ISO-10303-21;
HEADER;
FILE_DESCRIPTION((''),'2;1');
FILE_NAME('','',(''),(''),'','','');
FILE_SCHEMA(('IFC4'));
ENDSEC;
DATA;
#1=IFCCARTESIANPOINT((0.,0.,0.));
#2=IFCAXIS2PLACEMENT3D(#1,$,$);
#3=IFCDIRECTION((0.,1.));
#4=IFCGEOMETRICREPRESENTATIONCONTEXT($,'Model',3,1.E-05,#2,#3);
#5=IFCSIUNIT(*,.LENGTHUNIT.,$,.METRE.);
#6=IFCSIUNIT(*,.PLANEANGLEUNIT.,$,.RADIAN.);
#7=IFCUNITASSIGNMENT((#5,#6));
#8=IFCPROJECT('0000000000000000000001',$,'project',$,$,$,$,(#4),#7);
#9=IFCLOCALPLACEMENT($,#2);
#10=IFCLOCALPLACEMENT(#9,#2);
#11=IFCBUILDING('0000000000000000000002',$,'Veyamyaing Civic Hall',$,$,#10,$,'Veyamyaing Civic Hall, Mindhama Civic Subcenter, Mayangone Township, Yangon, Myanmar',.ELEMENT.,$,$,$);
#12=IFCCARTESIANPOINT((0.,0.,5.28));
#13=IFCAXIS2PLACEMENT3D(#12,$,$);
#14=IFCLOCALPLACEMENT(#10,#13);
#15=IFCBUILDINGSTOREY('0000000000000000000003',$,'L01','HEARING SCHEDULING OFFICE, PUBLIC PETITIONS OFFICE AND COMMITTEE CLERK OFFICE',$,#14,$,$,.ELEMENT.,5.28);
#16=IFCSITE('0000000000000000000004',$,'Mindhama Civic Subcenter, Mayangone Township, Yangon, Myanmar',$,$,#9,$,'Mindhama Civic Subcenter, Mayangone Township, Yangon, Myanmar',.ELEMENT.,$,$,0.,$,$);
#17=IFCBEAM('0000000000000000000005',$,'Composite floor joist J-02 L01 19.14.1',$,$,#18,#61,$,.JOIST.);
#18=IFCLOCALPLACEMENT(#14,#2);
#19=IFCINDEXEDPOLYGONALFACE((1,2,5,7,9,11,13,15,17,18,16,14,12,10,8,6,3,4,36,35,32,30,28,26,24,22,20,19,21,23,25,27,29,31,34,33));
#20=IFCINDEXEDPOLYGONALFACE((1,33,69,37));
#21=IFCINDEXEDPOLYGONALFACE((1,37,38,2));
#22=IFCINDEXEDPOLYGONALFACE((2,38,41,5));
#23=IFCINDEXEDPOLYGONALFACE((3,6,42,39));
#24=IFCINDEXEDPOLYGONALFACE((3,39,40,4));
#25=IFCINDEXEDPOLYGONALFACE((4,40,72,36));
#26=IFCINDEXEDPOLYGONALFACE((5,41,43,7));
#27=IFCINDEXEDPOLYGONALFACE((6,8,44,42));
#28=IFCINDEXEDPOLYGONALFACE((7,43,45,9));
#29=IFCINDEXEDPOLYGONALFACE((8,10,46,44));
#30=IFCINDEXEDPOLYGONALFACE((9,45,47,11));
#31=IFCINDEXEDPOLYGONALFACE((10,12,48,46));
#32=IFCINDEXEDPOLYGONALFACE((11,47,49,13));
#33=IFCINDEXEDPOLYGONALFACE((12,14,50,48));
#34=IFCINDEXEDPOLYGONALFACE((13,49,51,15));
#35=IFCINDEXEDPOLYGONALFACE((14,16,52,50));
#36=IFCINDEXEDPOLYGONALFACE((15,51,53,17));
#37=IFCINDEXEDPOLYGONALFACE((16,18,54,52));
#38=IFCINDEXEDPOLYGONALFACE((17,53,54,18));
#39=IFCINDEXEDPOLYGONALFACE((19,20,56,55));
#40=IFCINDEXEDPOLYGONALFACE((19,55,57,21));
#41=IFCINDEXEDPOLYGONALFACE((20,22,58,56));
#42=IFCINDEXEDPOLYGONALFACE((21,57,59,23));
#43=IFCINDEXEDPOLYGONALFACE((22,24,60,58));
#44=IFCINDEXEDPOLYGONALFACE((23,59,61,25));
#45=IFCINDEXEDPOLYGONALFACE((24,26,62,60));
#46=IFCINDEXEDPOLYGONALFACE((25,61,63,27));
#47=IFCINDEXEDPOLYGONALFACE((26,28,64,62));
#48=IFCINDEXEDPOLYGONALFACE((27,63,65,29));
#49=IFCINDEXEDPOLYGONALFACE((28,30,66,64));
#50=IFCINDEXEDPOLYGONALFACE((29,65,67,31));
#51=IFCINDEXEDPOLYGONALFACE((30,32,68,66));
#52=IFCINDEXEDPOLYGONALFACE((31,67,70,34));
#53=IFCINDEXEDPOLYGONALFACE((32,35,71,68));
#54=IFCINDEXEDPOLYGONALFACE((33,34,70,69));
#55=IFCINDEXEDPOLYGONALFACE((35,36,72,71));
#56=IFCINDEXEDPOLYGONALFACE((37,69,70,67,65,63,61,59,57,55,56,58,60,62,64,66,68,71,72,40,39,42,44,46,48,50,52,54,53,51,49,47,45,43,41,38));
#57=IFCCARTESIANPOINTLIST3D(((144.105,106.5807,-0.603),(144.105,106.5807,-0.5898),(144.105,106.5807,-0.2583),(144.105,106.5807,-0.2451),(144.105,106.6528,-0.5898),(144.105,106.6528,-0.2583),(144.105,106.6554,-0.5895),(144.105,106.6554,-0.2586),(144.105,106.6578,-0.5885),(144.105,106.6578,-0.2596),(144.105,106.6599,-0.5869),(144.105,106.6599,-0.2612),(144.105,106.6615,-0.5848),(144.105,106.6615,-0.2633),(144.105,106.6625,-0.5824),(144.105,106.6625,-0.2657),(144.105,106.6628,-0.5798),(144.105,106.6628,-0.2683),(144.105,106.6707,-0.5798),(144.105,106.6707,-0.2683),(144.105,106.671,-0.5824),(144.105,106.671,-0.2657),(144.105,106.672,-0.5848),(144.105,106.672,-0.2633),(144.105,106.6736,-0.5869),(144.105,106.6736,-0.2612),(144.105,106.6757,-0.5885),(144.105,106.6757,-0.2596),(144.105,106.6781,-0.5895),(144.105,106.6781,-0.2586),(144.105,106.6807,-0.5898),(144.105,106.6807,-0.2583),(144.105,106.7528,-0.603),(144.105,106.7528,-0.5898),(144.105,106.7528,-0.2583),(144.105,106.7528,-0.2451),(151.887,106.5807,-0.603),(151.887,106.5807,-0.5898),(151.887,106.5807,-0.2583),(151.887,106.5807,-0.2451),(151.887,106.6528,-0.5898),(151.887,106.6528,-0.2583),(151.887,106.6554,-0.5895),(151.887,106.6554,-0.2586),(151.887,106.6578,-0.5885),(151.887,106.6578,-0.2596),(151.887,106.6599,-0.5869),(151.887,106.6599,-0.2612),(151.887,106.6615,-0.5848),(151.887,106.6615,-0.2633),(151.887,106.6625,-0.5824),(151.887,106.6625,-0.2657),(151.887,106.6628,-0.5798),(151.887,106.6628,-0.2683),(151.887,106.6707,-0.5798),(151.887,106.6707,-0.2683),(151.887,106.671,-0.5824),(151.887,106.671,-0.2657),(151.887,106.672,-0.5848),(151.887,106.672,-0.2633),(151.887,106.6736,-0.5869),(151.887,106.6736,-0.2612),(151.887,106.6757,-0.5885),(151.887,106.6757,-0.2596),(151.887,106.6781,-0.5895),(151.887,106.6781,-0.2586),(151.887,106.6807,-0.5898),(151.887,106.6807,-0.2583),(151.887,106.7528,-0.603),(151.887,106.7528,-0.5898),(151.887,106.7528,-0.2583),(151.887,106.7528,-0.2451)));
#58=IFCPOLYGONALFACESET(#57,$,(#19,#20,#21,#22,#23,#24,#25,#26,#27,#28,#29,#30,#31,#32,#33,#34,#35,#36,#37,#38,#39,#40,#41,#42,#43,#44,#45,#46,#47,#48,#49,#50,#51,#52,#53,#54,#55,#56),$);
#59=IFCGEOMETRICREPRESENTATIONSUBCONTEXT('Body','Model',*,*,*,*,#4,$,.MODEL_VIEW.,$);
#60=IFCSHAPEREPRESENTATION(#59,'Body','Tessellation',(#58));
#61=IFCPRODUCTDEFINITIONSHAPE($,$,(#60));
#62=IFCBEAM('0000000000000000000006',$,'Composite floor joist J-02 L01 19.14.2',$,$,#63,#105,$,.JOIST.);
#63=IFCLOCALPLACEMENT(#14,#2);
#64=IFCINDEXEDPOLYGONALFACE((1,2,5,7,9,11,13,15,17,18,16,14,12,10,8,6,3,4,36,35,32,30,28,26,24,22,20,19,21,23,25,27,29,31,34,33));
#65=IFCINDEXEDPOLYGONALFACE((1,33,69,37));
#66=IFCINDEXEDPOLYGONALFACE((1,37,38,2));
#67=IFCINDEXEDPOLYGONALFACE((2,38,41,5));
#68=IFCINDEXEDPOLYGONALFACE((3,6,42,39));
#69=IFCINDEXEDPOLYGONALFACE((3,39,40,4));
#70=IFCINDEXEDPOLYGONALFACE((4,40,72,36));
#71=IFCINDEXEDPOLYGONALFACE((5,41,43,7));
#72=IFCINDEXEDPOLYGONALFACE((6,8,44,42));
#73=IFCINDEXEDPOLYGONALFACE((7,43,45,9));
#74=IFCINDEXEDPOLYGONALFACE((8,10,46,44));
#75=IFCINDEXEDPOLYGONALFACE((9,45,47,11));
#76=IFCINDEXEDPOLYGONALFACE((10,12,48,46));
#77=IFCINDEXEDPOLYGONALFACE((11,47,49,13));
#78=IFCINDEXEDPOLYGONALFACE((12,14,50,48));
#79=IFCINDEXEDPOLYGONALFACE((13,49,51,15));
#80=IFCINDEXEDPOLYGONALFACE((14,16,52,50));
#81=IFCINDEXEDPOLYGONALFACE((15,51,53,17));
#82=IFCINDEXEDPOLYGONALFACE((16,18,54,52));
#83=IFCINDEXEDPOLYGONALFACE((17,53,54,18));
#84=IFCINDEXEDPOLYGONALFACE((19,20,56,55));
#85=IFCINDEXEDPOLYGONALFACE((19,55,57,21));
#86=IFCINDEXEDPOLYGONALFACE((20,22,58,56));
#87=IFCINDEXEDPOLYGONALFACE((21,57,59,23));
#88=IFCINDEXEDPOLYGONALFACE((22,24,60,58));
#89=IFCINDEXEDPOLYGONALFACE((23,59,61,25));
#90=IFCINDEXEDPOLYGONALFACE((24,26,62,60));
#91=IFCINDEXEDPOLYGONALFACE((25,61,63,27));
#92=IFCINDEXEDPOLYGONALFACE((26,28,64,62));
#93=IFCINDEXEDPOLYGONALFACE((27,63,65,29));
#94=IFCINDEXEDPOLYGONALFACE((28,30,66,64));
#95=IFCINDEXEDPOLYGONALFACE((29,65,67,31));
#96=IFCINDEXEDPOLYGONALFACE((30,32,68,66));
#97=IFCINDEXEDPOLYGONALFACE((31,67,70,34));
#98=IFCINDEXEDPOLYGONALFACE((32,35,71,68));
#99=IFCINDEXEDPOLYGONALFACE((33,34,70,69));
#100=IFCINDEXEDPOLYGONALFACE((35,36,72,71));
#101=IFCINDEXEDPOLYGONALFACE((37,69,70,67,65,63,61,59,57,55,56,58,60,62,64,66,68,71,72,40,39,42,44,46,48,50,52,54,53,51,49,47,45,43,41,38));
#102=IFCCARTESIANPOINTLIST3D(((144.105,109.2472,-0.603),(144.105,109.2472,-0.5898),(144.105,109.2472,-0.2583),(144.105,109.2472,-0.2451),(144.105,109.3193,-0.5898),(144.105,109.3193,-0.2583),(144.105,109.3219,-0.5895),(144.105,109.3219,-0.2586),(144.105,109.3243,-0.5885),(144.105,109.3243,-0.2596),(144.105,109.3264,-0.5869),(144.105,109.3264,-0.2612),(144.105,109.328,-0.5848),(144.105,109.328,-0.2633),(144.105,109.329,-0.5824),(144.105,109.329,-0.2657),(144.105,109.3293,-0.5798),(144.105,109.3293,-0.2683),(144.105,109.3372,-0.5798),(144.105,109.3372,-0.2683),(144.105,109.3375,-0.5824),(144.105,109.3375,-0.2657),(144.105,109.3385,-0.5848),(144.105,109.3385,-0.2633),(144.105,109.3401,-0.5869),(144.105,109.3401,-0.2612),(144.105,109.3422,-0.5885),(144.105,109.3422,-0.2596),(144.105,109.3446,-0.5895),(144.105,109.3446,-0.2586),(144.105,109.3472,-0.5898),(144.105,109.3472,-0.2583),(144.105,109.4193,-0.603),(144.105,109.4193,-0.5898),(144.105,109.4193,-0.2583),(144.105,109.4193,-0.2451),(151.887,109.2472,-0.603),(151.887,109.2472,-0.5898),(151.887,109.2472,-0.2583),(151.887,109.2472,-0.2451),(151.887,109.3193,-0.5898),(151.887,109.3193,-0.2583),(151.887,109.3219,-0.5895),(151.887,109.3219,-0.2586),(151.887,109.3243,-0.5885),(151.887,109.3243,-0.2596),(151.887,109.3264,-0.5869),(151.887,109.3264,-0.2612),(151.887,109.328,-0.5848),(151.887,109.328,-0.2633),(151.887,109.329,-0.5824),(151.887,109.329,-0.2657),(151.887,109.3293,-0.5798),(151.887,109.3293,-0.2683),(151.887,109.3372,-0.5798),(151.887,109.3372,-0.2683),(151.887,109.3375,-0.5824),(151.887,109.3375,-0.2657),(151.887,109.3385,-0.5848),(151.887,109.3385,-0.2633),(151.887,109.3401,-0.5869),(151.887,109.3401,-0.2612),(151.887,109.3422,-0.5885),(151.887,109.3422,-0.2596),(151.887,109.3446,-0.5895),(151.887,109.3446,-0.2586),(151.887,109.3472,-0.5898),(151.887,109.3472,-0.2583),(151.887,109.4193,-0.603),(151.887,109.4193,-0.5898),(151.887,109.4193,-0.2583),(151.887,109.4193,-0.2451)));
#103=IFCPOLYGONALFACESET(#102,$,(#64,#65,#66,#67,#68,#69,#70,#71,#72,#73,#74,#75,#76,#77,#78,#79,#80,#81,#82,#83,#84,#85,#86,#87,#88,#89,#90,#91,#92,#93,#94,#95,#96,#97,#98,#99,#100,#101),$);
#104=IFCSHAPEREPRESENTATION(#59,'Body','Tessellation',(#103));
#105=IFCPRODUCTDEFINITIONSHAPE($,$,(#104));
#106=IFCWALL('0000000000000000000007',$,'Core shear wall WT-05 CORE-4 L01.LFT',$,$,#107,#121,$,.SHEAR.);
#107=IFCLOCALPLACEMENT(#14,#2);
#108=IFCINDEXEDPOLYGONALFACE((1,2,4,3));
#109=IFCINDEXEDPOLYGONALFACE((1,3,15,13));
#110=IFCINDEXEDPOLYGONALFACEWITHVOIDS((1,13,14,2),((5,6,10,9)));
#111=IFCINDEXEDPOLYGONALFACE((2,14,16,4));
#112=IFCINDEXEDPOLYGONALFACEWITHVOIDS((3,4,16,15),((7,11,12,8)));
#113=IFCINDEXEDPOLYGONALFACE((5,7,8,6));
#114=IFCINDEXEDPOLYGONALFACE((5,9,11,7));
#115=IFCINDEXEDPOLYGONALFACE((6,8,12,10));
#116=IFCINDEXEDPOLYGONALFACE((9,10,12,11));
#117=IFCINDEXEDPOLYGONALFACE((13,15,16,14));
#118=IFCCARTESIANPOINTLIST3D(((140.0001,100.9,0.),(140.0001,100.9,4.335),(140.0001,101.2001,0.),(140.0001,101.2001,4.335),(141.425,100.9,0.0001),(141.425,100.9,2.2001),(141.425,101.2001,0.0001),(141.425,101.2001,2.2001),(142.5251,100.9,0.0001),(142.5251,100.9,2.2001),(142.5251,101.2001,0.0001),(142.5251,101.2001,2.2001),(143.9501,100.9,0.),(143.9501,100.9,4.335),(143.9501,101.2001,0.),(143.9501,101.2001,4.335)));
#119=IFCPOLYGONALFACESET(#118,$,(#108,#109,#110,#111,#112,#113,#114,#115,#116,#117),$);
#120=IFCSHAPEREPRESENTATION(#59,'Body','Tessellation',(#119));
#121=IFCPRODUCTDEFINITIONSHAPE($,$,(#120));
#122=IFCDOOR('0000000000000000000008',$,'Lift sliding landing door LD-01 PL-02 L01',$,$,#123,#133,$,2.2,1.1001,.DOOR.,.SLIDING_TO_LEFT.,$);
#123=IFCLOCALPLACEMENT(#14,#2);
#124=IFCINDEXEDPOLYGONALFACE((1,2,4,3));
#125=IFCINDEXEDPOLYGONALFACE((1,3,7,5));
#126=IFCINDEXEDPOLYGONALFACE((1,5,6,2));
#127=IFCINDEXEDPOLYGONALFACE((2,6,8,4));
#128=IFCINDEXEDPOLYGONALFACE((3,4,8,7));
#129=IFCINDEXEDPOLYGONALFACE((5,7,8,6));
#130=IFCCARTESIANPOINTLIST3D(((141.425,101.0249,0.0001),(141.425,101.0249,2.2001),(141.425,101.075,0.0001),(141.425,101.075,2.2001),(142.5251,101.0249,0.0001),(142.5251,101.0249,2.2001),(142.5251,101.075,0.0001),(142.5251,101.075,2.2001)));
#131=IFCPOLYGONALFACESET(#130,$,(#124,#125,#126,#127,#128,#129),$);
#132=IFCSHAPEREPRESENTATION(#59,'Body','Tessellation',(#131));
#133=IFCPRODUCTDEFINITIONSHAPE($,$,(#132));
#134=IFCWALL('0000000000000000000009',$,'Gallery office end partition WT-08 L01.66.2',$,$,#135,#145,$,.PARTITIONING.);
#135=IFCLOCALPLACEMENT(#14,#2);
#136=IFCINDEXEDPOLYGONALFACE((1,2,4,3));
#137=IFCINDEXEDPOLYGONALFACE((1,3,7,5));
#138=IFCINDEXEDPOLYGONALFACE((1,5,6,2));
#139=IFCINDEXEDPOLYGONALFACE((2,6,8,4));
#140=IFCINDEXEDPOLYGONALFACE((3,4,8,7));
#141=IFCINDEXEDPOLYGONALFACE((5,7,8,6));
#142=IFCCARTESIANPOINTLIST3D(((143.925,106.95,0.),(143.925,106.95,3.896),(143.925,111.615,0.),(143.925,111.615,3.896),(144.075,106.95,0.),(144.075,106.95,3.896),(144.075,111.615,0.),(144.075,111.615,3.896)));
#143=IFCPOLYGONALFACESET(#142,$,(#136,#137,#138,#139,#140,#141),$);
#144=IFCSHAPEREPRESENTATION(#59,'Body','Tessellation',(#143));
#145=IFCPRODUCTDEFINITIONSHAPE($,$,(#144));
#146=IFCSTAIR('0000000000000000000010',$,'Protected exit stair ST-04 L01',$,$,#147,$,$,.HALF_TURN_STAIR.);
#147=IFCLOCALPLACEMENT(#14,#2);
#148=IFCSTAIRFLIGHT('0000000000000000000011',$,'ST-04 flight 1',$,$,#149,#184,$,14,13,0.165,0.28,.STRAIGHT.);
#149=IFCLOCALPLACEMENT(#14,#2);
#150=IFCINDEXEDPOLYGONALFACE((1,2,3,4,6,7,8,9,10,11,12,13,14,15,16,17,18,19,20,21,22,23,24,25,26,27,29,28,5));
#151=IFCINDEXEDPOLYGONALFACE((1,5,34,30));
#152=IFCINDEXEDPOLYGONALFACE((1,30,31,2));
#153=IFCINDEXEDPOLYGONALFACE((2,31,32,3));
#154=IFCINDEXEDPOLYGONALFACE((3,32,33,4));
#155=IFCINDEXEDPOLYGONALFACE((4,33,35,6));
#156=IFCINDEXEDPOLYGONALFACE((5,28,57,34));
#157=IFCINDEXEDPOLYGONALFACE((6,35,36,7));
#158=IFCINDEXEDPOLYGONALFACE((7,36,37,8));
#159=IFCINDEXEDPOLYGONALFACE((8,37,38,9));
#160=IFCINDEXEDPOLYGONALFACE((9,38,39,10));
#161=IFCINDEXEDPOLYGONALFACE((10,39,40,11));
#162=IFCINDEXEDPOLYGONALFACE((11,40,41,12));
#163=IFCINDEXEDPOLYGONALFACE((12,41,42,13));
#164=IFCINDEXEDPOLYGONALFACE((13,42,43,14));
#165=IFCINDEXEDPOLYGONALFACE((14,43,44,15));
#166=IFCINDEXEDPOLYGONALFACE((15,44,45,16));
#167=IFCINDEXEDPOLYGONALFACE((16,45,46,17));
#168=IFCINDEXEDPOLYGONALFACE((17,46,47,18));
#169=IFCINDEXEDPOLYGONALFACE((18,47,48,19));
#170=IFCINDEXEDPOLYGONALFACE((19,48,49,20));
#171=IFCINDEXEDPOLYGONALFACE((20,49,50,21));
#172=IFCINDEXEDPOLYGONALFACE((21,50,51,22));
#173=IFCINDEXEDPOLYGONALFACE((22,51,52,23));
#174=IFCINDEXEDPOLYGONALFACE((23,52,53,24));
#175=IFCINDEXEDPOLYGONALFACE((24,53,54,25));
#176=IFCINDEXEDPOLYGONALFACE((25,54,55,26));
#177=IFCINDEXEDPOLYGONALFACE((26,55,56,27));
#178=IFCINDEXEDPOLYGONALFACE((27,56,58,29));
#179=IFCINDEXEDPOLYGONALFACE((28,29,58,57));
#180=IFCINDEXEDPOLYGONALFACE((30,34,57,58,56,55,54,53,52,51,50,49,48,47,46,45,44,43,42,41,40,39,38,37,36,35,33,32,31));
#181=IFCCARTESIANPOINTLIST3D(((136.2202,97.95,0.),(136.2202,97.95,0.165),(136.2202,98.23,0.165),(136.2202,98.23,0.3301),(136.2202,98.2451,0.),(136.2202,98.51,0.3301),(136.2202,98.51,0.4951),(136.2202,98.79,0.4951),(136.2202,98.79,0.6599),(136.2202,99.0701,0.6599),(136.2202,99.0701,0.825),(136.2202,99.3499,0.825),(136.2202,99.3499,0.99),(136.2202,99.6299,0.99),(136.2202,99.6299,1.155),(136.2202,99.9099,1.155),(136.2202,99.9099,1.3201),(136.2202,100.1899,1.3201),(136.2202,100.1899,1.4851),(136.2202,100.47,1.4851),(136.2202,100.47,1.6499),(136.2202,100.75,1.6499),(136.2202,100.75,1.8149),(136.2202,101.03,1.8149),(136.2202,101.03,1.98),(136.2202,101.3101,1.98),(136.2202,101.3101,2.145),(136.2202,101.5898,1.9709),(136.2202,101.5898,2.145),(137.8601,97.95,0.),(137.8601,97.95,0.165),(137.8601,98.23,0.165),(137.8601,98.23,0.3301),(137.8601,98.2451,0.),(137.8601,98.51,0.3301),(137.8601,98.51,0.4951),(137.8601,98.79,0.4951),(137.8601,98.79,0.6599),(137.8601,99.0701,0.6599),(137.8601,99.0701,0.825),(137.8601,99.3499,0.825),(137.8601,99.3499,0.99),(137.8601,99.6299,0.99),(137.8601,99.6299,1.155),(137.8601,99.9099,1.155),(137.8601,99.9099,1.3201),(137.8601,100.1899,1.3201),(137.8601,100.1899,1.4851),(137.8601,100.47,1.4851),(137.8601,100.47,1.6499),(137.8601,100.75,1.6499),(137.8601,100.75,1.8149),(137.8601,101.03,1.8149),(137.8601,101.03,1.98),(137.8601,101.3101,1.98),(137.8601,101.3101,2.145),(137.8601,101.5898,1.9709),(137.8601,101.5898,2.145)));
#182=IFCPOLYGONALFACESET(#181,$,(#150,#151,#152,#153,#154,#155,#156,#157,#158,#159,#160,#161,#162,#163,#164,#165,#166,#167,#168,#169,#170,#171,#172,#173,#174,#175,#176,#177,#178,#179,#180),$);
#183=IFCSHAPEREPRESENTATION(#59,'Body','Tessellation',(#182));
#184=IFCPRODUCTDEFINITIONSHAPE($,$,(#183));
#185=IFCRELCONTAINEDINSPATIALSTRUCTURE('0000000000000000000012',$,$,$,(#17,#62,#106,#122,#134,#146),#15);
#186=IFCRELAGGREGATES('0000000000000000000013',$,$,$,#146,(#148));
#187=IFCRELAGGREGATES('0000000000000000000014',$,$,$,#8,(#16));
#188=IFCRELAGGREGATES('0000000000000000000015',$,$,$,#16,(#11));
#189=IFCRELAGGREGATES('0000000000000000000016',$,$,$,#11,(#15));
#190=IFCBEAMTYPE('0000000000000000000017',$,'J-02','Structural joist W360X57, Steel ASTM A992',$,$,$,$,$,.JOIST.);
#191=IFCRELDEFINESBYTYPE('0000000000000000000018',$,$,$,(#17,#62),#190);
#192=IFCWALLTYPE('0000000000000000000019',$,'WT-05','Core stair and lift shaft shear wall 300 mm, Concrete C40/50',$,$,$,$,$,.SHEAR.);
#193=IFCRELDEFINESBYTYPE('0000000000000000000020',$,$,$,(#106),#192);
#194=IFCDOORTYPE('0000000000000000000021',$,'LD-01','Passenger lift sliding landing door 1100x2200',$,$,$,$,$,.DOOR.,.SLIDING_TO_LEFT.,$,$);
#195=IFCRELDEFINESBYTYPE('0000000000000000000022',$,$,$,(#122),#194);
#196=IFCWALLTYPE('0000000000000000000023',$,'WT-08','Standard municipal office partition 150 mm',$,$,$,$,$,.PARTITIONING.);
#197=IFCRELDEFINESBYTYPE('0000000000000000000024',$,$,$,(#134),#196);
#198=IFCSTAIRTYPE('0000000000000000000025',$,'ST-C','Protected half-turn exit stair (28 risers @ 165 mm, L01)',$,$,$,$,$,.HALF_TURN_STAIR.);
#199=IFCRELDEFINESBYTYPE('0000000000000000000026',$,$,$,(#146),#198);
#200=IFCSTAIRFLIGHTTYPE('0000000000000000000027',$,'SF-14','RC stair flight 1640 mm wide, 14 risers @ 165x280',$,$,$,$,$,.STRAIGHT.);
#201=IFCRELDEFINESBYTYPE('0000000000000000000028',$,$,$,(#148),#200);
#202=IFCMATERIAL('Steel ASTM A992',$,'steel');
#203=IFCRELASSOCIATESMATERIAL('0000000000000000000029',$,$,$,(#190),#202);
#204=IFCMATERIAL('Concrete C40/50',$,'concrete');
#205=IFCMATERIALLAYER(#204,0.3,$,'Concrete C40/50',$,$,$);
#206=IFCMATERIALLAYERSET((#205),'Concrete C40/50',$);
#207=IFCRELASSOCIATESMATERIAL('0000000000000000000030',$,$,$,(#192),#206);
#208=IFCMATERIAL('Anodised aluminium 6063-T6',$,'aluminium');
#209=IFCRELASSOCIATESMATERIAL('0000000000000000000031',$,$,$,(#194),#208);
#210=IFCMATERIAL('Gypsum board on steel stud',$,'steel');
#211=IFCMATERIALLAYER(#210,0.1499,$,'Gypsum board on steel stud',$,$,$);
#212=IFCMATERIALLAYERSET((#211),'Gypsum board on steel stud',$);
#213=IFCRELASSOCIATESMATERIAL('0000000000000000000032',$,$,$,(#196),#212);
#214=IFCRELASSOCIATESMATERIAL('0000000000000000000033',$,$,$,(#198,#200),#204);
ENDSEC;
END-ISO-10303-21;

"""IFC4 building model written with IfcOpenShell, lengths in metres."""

from ifc_helpers import new_model, si_unit, direction, frame, frame_2d, origin, origin_2d, place, context, subcontext, project, spatial, polyline, rectangle, i_section, outline, extrude, material, layer, layer_set, material_profile, profile_set, type_object, element, fill, aggregate, save


model = new_model("IFC4")

# Units and contexts
model_context = context("Model", 3, precision=1e-05, world=origin(), true_north=direction((0.0, 1.0)))
body_context = subcontext(model_context, "Body", "Model", "MODEL_VIEW")
ifc_project = project(units=[si_unit("LENGTHUNIT", "METRE"), si_unit("PLANEANGLEUNIT", "RADIAN")], contexts=[model_context])

# Site, building, storey
site_placement = place(None, origin())
site = spatial("IfcSite", under=ifc_project, at=site_placement, Name="Mindhama Civic Subcenter, Mayangone Township, Yangon, Myanmar", LongName="Mindhama Civic Subcenter, Mayangone Township, Yangon, Myanmar", CompositionType="ELEMENT", RefElevation=0.0)
building_placement = place(site_placement, origin())
building = spatial("IfcBuilding", under=site, at=building_placement, Name="Veyamyaing Civic Hall", LongName="Veyamyaing Civic Hall, Mindhama Civic Subcenter, Mayangone Township, Yangon, Myanmar", CompositionType="ELEMENT")
storey_placement = place(building_placement, frame((0.0, 0.0, 5.28)))
storey = spatial("IfcBuildingStorey", under=building, at=storey_placement, Name="L01", Description="HEARING SCHEDULING OFFICE, PUBLIC PETITIONS OFFICE AND COMMITTEE CLERK OFFICE", CompositionType="ELEMENT", Elevation=5.28)

# Beams
ifc_material_1 = material(Name="Steel ASTM A992", Category="steel")
ifc_material_profile_1 = material_profile(ifc_material_1, i_section(OverallWidth=0.1721, OverallDepth=0.3579, WebThickness=0.0078, FlangeThickness=0.0132, FilletRadius=0.01, at=origin_2d()), Name="W360X57")
ifc_profile_set_1 = profile_set([ifc_material_profile_1], Name="Steel ASTM A992")
beam_type_1 = type_object("IfcBeamType", Name="J-02", Description="Structural joist W360X57, Steel ASTM A992", PredefinedType="JOIST", material=ifc_profile_set_1)
for number, where, z_axis, x_axis, name in (
    (1, (144.105, 106.6667, -0.4241), (1.0, 0.0, 0.0), (0.0, 1.0, 0.0), "Composite floor joist J-02 L01 19.14.1"),
    (2, (144.105, 109.3333, -0.4241), (1.0, 0.0, 0.0), (0.0, 1.0, 0.0), "Composite floor joist J-02 L01 19.14.2"),
):
    element("IfcBeam", number, at=place(storey_placement, frame(where, z_axis=z_axis, x_axis=x_axis)), inside=storey, type_object=beam_type_1, Name=name, PredefinedType="JOIST", context=body_context, shape_type="SweptSolid", body=[
        extrude(i_section(OverallWidth=0.1721, OverallDepth=0.3579, WebThickness=0.0078, FlangeThickness=0.0132, FilletRadius=0.01, at=origin_2d()), origin(), (0.0, 0.0, 1.0), 7.782),
    ])

# Wall, opening, door
ifc_material_2 = material(Name="Concrete C40/50", Category="concrete")
ifc_layer_1 = layer(ifc_material_2, 0.3, Name="Concrete C40/50")
ifc_layer_set_1 = layer_set([ifc_layer_1], Name="Concrete C40/50")
wall_type_1 = type_object("IfcWallType", Name="WT-05", Description="Core stair and lift shaft shear wall 300 mm, Concrete C40/50", PredefinedType="SHEAR", material=ifc_layer_set_1)
wall_1_placement = place(storey_placement, frame((140.0, 101.05, 0.0), z_axis=(0.0, 0.0, 1.0), x_axis=(1.0, 0.0, 0.0)))
wall_1 = element("IfcWall", 3, at=wall_1_placement, inside=storey, type_object=wall_type_1, Name="Core shear wall WT-05 CORE-4 L01.LFT", PredefinedType="SHEAR", context=body_context, shape_type="SweptSolid", body=[
    extrude(rectangle(XDim=3.95, YDim=0.3, at=frame_2d((1.9751, 0.0))), origin(), (0.0, 0.0, 1.0), 4.335),
])
opening_placement = place(wall_1_placement, frame((1.425, 0.0, 0.0)))
opening = element("IfcOpeningElement", 4, at=opening_placement, cuts=wall_1, PredefinedType="OPENING", context=body_context, shape_type="SweptSolid", body=[
    extrude(rectangle(XDim=1.1001, YDim=2.2, at=frame_2d((0.55, 1.1001))), frame((0.0, 0.1599, 0.0), z_axis=(0.0, -1.0, 0.0), x_axis=(1.0, 0.0, 0.0)), (0.0, 0.0, 1.0), 0.3201),
])
ifc_material_3 = material(Name="Anodised aluminium 6063-T6", Category="aluminium")
door_type = type_object("IfcDoorType", Name="LD-01", Description="Passenger lift sliding landing door 1100x2200", OperationType="SLIDING_TO_LEFT", PredefinedType="DOOR", material=ifc_material_3)
door_placement = place(opening_placement, origin())
door = element("IfcDoor", 5, at=door_placement, inside=storey, type_object=door_type, Name="Lift sliding landing door LD-01 PL-02 L01", OperationType="SLIDING_TO_LEFT", OverallHeight=2.2, OverallWidth=1.1001, PredefinedType="DOOR", context=body_context, shape_type="SweptSolid", body=[
    extrude(rectangle(XDim=1.1001, YDim=2.2, at=frame_2d((0.55, 1.1001))), frame((0.0, 0.0249, 0.0), z_axis=(0.0, -1.0, 0.0), x_axis=(1.0, 0.0, 0.0)), (0.0, 0.0, 1.0), 0.05),
])
fill(opening, door)

# Wall
ifc_material_4 = material(Name="Gypsum board on steel stud", Category="steel")
ifc_layer_2 = layer(ifc_material_4, 0.1499, Name="Gypsum board on steel stud")
ifc_layer_set_2 = layer_set([ifc_layer_2], Name="Gypsum board on steel stud")
wall_type_2 = type_object("IfcWallType", Name="WT-08", Description="Standard municipal office partition 150 mm", PredefinedType="PARTITIONING", material=ifc_layer_set_2)
wall_2_placement = place(storey_placement, frame((144.0, 106.95, 0.0), z_axis=(0.0, 0.0, 1.0), x_axis=(0.0, 1.0, 0.0)))
element("IfcWall", 6, at=wall_2_placement, inside=storey, type_object=wall_type_2, Name="Gallery office end partition WT-08 L01.66.2", PredefinedType="PARTITIONING", context=body_context, shape_type="SweptSolid", body=[
    extrude(rectangle(XDim=4.665, YDim=0.1499, at=frame_2d((2.3325, 0.0))), origin(), (0.0, 0.0, 1.0), 3.896),
])

# Stair, stair flight
stair_type = type_object("IfcStairType", Name="ST-C", Description="Protected half-turn exit stair (28 risers @ 165 mm, L01)", PredefinedType="HALF_TURN_STAIR", material=ifc_material_2)
stair_placement = place(storey_placement, origin())
stair = element("IfcStair", 7, at=stair_placement, inside=storey, type_object=stair_type, Name="Protected exit stair ST-04 L01", PredefinedType="HALF_TURN_STAIR")
stair_flight_type = type_object("IfcStairFlightType", Name="SF-14", Description="RC stair flight 1640 mm wide, 14 risers @ 165x280", PredefinedType="STRAIGHT", material=ifc_material_2)
stair_flight_1_placement = place(storey_placement, frame((137.04, 97.95, 0.0), z_axis=(0.0, 0.0, 1.0), x_axis=(0.0, 1.0, 0.0)))
stair_flight_1 = element("IfcStairFlight", 8, at=stair_flight_1_placement, type_object=stair_flight_type, Name="ST-04 flight 1", NumberOfRisers=14, NumberOfTreads=13, PredefinedType="STRAIGHT", RiserHeight=0.165, TreadLength=0.28, context=body_context, shape_type="SweptSolid", body=[
    extrude(outline(polyline([(0.0, 0.0), (0.0, 0.165), (0.28, 0.165), (0.28, 0.3301), (0.5601, 0.3301), (0.5601, 0.4951), (0.8401, 0.4951), (0.8401, 0.6599), (1.1201, 0.6599), (1.1201, 0.825), (1.3999, 0.825), (1.3999, 0.99), (1.6799, 0.99), (1.6799, 1.155), (1.96, 1.155), (1.96, 1.3201), (2.24, 1.3201), (2.24, 1.4851), (2.52, 1.4851), (2.52, 1.6499), (2.8, 1.6499), (2.8, 1.8149), (3.0801, 1.8149), (3.0801, 1.98), (3.3601, 1.98), (3.3601, 2.145), (3.6399, 2.145), (3.6399, 2.3101), (3.6399, 1.9709), (0.2952, 0.0), (0.0, 0.0)])), frame((0.0, 0.8198, 0.0), z_axis=(0.0, -1.0, 0.0), x_axis=(1.0, 0.0, 0.0)), (0.0, 0.0, 1.0), 1.6399),
])
aggregate(stair, [stair_flight_1])

save(model, "model.ifc")
